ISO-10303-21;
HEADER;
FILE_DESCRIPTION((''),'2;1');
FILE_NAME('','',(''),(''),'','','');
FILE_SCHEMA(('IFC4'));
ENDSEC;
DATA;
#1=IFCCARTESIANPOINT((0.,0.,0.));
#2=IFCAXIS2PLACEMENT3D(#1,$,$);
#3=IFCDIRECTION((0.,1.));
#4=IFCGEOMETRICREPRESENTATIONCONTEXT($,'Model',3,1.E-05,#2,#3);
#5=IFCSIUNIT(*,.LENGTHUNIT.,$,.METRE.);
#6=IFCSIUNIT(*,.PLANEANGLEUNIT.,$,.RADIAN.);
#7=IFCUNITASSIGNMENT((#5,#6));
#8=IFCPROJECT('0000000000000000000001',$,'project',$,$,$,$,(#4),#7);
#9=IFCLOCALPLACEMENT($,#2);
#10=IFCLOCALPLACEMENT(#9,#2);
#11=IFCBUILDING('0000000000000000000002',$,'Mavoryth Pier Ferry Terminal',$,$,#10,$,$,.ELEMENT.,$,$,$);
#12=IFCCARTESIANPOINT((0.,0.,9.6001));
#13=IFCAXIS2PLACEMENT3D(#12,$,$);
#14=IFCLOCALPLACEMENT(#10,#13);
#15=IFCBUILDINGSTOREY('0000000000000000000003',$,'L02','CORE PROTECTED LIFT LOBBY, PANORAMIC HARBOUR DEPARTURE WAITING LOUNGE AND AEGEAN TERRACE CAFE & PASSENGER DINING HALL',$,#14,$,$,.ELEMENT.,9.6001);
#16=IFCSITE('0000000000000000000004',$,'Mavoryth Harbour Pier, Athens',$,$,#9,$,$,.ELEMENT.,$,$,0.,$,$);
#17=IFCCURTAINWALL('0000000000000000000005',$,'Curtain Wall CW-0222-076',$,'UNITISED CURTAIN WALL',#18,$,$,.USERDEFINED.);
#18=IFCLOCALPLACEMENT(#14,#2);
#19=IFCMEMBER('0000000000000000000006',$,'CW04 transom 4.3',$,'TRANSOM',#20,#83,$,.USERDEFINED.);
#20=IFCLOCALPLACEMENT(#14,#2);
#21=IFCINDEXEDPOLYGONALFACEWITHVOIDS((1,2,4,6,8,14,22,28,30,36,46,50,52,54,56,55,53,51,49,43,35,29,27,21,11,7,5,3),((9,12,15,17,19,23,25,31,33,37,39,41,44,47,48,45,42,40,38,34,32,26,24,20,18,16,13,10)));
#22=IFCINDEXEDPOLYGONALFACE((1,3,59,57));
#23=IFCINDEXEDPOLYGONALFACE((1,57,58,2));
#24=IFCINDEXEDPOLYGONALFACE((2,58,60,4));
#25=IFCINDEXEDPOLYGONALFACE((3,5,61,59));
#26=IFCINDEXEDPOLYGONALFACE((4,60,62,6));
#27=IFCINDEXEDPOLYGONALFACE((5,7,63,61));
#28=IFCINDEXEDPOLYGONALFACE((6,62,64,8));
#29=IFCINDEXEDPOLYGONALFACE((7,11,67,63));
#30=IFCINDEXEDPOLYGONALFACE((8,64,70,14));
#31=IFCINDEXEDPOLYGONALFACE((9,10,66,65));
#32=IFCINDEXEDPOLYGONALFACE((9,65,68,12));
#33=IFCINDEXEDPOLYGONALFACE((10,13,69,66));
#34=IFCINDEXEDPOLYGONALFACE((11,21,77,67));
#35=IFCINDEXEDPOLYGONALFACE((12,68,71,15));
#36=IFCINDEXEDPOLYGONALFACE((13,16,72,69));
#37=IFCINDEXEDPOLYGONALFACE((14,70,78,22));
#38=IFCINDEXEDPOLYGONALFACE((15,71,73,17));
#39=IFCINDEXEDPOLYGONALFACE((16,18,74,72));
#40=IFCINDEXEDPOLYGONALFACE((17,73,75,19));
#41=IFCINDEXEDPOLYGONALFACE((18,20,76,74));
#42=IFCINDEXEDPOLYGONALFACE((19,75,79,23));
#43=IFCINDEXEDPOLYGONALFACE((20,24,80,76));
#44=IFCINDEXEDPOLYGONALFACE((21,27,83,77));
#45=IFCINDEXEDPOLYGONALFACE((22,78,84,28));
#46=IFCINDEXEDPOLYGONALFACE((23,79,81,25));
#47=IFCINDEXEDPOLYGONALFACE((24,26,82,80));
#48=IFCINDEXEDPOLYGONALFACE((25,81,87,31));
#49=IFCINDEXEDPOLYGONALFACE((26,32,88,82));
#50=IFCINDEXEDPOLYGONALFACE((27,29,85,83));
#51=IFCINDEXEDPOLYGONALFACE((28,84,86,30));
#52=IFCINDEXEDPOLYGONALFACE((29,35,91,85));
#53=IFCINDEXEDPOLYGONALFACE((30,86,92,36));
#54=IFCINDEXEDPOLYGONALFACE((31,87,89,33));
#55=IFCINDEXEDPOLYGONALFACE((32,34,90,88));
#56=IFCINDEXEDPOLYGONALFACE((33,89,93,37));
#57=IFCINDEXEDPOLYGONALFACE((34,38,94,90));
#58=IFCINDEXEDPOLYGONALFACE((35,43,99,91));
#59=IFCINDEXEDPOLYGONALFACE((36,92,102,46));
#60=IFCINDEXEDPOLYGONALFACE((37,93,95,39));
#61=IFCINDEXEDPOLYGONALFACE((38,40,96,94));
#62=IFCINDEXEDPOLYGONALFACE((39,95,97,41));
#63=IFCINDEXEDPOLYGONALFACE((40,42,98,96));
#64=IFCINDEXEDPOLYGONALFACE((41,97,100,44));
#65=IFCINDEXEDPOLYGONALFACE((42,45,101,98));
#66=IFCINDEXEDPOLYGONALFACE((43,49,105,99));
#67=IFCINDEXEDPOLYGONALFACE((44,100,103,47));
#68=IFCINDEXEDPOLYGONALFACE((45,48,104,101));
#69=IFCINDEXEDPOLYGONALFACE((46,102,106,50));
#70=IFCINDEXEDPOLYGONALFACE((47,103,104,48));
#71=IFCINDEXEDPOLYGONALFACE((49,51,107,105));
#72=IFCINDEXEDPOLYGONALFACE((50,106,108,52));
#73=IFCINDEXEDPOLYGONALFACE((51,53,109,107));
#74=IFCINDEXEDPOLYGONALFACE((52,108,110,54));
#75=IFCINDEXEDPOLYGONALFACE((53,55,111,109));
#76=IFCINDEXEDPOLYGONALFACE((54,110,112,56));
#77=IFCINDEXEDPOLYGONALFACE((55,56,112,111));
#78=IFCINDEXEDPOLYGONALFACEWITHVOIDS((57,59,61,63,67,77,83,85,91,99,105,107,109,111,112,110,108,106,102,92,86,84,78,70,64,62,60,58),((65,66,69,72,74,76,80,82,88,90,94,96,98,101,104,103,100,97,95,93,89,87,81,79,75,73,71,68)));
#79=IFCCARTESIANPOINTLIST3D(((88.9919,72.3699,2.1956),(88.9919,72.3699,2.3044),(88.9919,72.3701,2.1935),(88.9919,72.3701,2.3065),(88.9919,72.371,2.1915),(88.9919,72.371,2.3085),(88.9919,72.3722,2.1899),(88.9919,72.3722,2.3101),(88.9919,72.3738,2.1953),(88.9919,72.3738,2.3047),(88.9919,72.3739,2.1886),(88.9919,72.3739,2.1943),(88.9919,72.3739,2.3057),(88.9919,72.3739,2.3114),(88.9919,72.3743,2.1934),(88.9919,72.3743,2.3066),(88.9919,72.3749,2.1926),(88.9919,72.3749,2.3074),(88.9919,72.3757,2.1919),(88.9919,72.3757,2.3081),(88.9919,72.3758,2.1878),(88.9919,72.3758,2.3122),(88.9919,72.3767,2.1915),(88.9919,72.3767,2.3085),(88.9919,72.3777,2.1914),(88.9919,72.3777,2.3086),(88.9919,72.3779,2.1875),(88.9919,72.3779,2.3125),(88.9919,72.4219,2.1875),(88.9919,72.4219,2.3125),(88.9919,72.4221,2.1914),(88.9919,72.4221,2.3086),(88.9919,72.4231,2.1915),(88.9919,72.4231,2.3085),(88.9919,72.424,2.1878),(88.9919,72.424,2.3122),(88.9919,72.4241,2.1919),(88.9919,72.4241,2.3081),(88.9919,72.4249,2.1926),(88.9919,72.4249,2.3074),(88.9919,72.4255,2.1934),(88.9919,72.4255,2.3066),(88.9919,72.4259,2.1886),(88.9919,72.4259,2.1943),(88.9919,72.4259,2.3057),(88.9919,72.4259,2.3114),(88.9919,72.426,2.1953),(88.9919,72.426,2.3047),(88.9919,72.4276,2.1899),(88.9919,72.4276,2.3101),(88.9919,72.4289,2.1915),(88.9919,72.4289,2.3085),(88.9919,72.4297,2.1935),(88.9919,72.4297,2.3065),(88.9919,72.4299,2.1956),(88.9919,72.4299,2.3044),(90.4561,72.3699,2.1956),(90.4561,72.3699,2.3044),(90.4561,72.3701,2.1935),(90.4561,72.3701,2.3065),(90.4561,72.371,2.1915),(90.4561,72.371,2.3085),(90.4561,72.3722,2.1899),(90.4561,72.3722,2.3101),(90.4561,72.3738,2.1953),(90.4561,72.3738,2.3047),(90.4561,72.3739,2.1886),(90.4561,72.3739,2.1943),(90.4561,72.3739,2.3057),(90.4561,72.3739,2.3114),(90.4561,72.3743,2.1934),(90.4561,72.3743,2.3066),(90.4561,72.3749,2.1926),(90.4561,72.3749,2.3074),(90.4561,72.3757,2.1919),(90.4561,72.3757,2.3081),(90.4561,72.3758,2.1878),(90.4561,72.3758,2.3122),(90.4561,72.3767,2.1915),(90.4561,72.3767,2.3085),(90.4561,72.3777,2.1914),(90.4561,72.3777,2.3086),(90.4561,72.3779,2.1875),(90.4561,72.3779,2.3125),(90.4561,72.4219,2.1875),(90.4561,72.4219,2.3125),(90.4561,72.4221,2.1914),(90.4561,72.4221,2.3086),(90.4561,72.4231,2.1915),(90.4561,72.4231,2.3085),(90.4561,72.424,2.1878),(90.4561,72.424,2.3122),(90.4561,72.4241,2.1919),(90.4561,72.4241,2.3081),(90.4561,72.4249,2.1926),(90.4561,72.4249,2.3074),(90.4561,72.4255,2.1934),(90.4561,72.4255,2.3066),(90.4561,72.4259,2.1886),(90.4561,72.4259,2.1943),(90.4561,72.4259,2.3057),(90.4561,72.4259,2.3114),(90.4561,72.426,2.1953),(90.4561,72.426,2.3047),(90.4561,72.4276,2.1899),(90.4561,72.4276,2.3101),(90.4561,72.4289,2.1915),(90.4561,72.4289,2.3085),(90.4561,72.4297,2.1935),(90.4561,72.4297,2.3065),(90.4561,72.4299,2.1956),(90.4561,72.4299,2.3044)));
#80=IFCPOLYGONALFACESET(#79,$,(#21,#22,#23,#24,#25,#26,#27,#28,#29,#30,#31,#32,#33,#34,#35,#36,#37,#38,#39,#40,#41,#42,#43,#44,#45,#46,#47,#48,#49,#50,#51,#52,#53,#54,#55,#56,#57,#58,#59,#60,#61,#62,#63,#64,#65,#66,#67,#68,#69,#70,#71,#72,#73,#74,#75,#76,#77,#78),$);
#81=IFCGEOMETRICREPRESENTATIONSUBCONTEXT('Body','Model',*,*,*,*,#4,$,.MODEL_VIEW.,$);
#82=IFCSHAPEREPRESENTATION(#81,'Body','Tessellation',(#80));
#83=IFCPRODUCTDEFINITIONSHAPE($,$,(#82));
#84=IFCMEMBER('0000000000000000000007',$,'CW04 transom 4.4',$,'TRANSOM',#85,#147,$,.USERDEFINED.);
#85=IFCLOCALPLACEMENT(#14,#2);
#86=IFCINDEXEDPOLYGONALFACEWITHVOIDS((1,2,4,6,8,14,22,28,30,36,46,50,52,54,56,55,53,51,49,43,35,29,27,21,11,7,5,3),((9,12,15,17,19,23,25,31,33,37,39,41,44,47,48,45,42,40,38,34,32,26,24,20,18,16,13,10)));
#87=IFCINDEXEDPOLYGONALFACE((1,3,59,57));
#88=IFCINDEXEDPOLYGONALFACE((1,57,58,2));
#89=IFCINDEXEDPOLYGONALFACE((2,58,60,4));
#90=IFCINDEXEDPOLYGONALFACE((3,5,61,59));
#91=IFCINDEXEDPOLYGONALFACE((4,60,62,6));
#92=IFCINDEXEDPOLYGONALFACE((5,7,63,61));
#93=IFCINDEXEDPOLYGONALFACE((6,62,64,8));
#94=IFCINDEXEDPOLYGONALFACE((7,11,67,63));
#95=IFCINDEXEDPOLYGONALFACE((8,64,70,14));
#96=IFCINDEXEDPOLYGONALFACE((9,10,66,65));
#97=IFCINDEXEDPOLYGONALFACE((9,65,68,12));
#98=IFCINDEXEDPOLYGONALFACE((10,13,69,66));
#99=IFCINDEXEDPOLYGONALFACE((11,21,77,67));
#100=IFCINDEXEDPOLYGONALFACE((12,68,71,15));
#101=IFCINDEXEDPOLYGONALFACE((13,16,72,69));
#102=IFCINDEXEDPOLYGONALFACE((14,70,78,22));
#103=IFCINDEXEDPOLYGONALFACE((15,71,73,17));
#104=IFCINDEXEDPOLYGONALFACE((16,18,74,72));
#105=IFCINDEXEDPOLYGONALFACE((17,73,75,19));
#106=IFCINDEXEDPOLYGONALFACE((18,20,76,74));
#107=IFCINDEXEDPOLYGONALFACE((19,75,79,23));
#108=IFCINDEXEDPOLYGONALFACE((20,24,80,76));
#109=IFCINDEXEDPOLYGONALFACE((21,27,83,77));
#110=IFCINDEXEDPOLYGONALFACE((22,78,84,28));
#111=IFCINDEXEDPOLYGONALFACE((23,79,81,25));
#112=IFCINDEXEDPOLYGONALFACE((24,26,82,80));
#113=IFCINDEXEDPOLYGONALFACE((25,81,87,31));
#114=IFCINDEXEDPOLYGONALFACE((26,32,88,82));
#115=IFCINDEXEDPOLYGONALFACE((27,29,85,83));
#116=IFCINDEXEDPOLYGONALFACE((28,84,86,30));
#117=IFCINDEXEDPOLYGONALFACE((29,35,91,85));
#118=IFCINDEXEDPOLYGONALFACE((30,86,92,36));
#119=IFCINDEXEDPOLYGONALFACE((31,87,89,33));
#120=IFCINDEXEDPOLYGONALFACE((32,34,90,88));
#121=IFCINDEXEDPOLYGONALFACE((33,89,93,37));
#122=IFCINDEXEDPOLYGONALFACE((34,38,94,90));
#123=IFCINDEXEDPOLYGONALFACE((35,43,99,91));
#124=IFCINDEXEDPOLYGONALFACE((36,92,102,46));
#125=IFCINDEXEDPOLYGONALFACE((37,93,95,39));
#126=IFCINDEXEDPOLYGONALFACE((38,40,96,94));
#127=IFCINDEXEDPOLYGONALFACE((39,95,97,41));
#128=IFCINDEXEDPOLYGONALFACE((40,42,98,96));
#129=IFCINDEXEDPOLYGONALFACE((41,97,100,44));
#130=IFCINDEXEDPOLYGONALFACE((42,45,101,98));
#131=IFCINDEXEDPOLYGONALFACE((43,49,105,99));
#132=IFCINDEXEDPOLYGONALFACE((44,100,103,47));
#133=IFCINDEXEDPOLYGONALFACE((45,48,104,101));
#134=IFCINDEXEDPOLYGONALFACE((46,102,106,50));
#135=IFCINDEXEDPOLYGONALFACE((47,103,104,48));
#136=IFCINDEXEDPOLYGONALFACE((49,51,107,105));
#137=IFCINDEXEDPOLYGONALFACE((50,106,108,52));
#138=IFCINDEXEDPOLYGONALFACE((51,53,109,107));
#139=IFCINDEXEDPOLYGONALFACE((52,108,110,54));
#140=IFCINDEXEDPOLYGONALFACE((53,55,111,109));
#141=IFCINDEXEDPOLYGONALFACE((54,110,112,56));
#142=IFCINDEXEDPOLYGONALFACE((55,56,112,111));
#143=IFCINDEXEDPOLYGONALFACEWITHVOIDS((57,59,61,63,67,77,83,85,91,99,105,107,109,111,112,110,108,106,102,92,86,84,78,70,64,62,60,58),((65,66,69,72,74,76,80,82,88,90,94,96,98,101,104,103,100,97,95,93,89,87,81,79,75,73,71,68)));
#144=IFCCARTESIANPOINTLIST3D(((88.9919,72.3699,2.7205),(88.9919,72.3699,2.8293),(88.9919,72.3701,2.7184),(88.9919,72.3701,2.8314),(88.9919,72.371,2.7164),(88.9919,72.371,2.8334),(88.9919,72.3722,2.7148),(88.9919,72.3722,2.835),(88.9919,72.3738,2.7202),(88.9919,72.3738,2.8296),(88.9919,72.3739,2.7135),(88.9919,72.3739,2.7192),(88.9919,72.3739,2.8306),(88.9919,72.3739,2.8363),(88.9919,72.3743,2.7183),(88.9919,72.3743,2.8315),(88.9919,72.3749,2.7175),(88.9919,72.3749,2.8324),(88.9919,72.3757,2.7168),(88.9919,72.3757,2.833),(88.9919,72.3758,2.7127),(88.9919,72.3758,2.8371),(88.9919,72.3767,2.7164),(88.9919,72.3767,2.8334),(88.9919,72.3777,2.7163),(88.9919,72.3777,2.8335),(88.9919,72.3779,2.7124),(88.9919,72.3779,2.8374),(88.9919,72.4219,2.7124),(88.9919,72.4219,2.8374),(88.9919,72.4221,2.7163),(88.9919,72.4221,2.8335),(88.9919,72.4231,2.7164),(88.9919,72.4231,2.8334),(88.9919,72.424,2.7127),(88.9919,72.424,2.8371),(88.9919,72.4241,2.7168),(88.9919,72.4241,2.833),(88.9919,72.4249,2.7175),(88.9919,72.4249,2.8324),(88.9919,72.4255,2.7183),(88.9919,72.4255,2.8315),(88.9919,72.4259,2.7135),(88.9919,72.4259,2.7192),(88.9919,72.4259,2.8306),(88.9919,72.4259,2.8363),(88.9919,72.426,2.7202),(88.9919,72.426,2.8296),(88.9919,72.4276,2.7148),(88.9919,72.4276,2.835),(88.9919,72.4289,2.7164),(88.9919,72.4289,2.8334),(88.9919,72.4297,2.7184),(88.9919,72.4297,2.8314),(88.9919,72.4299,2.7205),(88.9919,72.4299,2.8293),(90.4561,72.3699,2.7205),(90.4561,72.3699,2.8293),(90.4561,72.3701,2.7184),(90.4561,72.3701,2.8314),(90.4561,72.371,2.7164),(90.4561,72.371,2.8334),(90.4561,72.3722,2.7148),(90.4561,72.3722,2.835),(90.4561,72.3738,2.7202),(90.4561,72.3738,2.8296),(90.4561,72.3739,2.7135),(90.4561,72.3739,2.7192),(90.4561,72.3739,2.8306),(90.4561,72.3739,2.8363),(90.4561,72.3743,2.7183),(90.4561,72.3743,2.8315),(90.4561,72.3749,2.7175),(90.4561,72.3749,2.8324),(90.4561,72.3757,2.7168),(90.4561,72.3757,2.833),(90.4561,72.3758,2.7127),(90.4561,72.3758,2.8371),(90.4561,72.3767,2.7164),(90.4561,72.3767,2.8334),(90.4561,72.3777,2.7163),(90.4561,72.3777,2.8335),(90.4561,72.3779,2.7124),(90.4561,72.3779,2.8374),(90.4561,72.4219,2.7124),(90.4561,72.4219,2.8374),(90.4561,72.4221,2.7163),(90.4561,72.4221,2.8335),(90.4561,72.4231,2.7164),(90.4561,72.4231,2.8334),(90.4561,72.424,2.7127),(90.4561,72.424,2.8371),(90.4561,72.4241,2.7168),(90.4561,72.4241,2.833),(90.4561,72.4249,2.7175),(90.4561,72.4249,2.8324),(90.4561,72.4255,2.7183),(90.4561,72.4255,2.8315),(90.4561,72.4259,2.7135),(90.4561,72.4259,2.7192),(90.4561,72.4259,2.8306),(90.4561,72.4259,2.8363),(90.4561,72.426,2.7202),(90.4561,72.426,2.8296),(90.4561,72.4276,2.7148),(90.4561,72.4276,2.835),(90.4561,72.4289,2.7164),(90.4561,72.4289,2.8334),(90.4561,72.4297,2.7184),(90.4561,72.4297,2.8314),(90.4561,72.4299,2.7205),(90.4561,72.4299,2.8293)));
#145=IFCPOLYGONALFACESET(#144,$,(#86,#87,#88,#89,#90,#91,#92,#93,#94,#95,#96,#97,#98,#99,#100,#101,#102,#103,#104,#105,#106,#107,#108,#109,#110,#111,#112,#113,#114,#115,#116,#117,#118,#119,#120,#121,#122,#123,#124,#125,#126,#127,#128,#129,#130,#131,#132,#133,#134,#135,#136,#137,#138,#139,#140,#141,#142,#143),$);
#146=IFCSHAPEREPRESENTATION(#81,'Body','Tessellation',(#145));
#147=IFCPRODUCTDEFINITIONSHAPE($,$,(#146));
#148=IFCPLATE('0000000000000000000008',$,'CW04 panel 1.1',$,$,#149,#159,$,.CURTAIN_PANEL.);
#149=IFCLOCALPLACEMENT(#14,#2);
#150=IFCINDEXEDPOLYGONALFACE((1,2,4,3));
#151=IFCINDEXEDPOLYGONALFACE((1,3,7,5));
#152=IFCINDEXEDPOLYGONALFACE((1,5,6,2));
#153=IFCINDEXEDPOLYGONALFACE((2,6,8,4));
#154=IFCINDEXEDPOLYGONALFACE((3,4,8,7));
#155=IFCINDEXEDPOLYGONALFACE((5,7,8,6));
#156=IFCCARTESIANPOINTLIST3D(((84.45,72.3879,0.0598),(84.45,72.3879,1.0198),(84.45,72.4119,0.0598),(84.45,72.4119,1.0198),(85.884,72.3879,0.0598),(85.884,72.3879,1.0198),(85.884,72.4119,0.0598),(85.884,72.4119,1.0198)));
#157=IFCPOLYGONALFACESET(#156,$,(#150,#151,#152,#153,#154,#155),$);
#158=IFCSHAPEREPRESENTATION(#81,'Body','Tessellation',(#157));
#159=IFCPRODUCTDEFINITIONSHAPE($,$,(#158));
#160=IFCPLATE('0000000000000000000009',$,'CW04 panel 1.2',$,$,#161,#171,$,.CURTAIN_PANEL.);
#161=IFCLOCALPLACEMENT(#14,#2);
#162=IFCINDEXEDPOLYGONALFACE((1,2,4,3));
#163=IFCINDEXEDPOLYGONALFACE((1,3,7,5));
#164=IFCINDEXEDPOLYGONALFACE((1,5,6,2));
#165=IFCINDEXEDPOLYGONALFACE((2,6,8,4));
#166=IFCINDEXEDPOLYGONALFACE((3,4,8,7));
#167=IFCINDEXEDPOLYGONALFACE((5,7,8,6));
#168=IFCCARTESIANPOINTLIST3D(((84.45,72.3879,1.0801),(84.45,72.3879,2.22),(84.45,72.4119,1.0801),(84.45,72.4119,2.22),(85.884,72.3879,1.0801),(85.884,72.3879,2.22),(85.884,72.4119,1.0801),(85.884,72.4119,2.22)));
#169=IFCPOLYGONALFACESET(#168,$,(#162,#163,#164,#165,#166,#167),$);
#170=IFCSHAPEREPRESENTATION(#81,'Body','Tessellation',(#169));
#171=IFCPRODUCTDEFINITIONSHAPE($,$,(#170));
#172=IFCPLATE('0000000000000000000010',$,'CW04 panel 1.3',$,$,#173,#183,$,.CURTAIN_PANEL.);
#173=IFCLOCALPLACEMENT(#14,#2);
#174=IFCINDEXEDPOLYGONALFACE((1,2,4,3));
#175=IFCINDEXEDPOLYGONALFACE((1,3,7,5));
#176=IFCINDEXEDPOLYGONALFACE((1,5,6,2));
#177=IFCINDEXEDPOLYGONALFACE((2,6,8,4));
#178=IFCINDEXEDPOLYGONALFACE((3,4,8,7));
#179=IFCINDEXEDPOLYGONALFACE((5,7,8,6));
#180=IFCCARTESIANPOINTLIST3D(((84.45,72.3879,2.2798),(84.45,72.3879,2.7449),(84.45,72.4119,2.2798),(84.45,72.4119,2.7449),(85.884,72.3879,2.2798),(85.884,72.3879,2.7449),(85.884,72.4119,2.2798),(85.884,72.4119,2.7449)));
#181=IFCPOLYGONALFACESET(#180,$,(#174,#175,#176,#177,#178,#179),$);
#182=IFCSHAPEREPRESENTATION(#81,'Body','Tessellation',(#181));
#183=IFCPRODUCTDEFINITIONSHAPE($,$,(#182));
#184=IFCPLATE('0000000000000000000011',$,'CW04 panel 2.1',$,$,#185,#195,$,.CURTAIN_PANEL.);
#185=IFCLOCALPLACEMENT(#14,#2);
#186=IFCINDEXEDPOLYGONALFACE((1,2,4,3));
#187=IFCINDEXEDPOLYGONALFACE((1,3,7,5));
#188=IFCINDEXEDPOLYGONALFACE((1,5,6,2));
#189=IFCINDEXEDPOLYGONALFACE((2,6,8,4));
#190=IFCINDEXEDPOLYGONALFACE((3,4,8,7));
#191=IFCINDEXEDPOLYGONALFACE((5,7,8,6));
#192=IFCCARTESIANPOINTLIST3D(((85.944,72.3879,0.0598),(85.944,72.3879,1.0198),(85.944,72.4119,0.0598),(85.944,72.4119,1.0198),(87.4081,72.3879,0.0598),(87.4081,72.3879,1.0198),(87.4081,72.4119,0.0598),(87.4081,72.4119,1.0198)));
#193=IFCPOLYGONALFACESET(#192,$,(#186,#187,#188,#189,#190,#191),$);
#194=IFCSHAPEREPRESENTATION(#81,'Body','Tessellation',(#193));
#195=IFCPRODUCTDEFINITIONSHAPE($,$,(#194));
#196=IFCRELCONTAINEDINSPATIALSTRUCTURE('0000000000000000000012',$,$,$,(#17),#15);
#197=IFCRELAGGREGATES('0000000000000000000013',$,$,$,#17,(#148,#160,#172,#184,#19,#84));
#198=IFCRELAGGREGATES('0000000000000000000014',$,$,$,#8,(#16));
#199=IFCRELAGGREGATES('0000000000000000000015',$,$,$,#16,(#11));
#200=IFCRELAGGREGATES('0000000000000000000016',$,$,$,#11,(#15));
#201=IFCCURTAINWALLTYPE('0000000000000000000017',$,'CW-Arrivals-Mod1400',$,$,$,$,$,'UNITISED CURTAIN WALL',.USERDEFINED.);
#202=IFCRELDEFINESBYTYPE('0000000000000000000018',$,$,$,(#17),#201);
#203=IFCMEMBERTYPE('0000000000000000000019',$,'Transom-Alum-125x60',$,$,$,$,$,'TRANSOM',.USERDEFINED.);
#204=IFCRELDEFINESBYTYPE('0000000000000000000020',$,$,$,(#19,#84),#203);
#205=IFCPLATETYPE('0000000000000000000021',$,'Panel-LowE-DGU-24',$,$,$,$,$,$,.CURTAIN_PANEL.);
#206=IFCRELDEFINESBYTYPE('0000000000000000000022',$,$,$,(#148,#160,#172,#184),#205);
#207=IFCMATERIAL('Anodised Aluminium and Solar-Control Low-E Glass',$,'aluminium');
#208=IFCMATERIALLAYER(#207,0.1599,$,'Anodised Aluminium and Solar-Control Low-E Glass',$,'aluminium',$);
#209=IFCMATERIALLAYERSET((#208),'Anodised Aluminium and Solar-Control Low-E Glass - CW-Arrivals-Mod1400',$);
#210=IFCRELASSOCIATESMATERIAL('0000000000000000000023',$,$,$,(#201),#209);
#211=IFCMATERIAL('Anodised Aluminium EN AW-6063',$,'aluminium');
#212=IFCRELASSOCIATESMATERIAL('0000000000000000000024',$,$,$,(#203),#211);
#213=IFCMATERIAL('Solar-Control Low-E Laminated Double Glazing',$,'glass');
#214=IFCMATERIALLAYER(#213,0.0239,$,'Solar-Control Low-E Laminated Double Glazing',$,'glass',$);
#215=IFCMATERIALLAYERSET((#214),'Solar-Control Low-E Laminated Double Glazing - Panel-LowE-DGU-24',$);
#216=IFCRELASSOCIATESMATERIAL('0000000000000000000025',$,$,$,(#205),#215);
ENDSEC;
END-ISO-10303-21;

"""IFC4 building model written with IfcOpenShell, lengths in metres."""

from ifc_helpers import new_model, si_unit, direction, frame, origin, origin_2d, place, context, subcontext, project, spatial, rectangle, hollow_rectangle, extrude, material, layer, layer_set, material_profile, profile_set, type_object, element, aggregate, save


model = new_model("IFC4")

# Units and contexts
model_context = context("Model", 3, precision=1e-05, world=origin(), true_north=direction((0.0, 1.0)))
body_context = subcontext(model_context, "Body", "Model", "MODEL_VIEW")
ifc_project = project(units=[si_unit("LENGTHUNIT", "METRE"), si_unit("PLANEANGLEUNIT", "RADIAN")], contexts=[model_context])

# Site, building, storey
site_placement = place(None, origin())
site = spatial("IfcSite", under=ifc_project, at=site_placement, Name="Mavoryth Harbour Pier, Athens", CompositionType="ELEMENT", RefElevation=0.0)
building_placement = place(site_placement, origin())
building = spatial("IfcBuilding", under=site, at=building_placement, Name="Mavoryth Pier Ferry Terminal", CompositionType="ELEMENT")
storey_placement = place(building_placement, frame((0.0, 0.0, 9.6001)))
storey = spatial("IfcBuildingStorey", under=building, at=storey_placement, Name="L02", Description="CORE PROTECTED LIFT LOBBY, PANORAMIC HARBOUR DEPARTURE WAITING LOUNGE AND AEGEAN TERRACE CAFE & PASSENGER DINING HALL", CompositionType="ELEMENT", Elevation=9.6001)

# Curtain wall
ifc_material_1 = material(Name="Anodised Aluminium and Solar-Control Low-E Glass", Category="aluminium")
ifc_layer_1 = layer(ifc_material_1, 0.1599, Name="Anodised Aluminium and Solar-Control Low-E Glass", Category="aluminium")
ifc_layer_set_1 = layer_set([ifc_layer_1], Name="Anodised Aluminium and Solar-Control Low-E Glass - CW-Arrivals-Mod1400")
curtain_wall_type = type_object("IfcCurtainWallType", Name="CW-Arrivals-Mod1400", ElementType="UNITISED CURTAIN WALL", PredefinedType="USERDEFINED", material=ifc_layer_set_1)
curtain_wall_placement = place(storey_placement, origin())
curtain_wall = element("IfcCurtainWall", 1, at=curtain_wall_placement, inside=storey, type_object=curtain_wall_type, Name="Curtain Wall CW-0222-076", ObjectType="UNITISED CURTAIN WALL", PredefinedType="USERDEFINED")
ifc_material_2 = material(Name="Anodised Aluminium EN AW-6063", Category="aluminium")

# Members
ifc_material_profile_1 = material_profile(ifc_material_2, hollow_rectangle(XDim=0.0601, YDim=0.125, WallThickness=0.0039, InnerFilletRadius=0.0039, OuterFilletRadius=0.0081, at=origin_2d()), Name="AL-TRAN 125x60x4", Category="aluminium")
ifc_profile_set_1 = profile_set([ifc_material_profile_1], Name="Anodised Aluminium EN AW-6063 - AL-TRAN 125x60x4")
member_type_1 = type_object("IfcMemberType", Name="Transom-Alum-125x60", ElementType="TRANSOM", PredefinedType="USERDEFINED", material=ifc_profile_set_1)
member_1_placement = place(storey_placement, frame((88.9919, 72.3999, 2.25), z_axis=(1.0, 0.0, 0.0), x_axis=(0.0, 1.0, 0.0)))
member_1 = element("IfcMember", 2, at=member_1_placement, type_object=member_type_1, Name="CW04 transom 4.3", ObjectType="TRANSOM", PredefinedType="USERDEFINED", context=body_context, shape_type="SweptSolid", body=[
    extrude(hollow_rectangle(XDim=0.0601, YDim=0.125, WallThickness=0.0039, InnerFilletRadius=0.0039, OuterFilletRadius=0.0081, at=origin_2d()), origin(), (0.0, 0.0, 1.0), 1.4641),
])
member_2_placement = place(storey_placement, frame((88.9919, 72.3999, 2.7749), z_axis=(1.0, 0.0, 0.0), x_axis=(0.0, 1.0, 0.0)))
member_2 = element("IfcMember", 3, at=member_2_placement, type_object=member_type_1, Name="CW04 transom 4.4", ObjectType="TRANSOM", PredefinedType="USERDEFINED", context=body_context, shape_type="SweptSolid", body=[
    extrude(hollow_rectangle(XDim=0.0601, YDim=0.125, WallThickness=0.0039, InnerFilletRadius=0.0039, OuterFilletRadius=0.0081, at=origin_2d()), origin(), (0.0, 0.0, 1.0), 1.4641),
])

# Plates
ifc_material_3 = material(Name="Solar-Control Low-E Laminated Double Glazing", Category="glass")
ifc_layer_2 = layer(ifc_material_3, 0.0239, Name="Solar-Control Low-E Laminated Double Glazing", Category="glass")
ifc_layer_set_2 = layer_set([ifc_layer_2], Name="Solar-Control Low-E Laminated Double Glazing - Panel-LowE-DGU-24")
plate_type = type_object("IfcPlateType", Name="Panel-LowE-DGU-24", PredefinedType="CURTAIN_PANEL", material=ifc_layer_set_2)
plate_1_placement = place(storey_placement, frame((85.167, 72.3999, 0.0598), z_axis=(0.0, 0.0, 1.0), x_axis=(1.0, 0.0, 0.0)))
plate_1 = element("IfcPlate", 4, at=plate_1_placement, type_object=plate_type, Name="CW04 panel 1.1", PredefinedType="CURTAIN_PANEL", context=body_context, shape_type="SweptSolid", body=[
    extrude(rectangle(XDim=1.4341, YDim=0.0239, at=origin_2d()), origin(), (0.0, 0.0, 1.0), 0.96),
])
plate_2_placement = place(storey_placement, frame((85.167, 72.3999, 1.0801), z_axis=(0.0, 0.0, 1.0), x_axis=(1.0, 0.0, 0.0)))
plate_2 = element("IfcPlate", 5, at=plate_2_placement, type_object=plate_type, Name="CW04 panel 1.2", PredefinedType="CURTAIN_PANEL", context=body_context, shape_type="SweptSolid", body=[
    extrude(rectangle(XDim=1.4341, YDim=0.0239, at=origin_2d()), origin(), (0.0, 0.0, 1.0), 1.1399),
])
plate_3_placement = place(storey_placement, frame((85.167, 72.3999, 2.2798), z_axis=(0.0, 0.0, 1.0), x_axis=(1.0, 0.0, 0.0)))
plate_3 = element("IfcPlate", 6, at=plate_3_placement, type_object=plate_type, Name="CW04 panel 1.3", PredefinedType="CURTAIN_PANEL", context=body_context, shape_type="SweptSolid", body=[
    extrude(rectangle(XDim=1.4341, YDim=0.0239, at=origin_2d()), origin(), (0.0, 0.0, 1.0), 0.4651),
])
plate_4_placement = place(storey_placement, frame((86.676, 72.3999, 0.0598), z_axis=(0.0, 0.0, 1.0), x_axis=(1.0, 0.0, 0.0)))
plate_4 = element("IfcPlate", 7, at=plate_4_placement, type_object=plate_type, Name="CW04 panel 2.1", PredefinedType="CURTAIN_PANEL", context=body_context, shape_type="SweptSolid", body=[
    extrude(rectangle(XDim=1.4641, YDim=0.0239, at=origin_2d()), origin(), (0.0, 0.0, 1.0), 0.96),
])
aggregate(curtain_wall, [plate_1, plate_2, plate_3, plate_4, member_1, member_2])

save(model, "model.ifc")
